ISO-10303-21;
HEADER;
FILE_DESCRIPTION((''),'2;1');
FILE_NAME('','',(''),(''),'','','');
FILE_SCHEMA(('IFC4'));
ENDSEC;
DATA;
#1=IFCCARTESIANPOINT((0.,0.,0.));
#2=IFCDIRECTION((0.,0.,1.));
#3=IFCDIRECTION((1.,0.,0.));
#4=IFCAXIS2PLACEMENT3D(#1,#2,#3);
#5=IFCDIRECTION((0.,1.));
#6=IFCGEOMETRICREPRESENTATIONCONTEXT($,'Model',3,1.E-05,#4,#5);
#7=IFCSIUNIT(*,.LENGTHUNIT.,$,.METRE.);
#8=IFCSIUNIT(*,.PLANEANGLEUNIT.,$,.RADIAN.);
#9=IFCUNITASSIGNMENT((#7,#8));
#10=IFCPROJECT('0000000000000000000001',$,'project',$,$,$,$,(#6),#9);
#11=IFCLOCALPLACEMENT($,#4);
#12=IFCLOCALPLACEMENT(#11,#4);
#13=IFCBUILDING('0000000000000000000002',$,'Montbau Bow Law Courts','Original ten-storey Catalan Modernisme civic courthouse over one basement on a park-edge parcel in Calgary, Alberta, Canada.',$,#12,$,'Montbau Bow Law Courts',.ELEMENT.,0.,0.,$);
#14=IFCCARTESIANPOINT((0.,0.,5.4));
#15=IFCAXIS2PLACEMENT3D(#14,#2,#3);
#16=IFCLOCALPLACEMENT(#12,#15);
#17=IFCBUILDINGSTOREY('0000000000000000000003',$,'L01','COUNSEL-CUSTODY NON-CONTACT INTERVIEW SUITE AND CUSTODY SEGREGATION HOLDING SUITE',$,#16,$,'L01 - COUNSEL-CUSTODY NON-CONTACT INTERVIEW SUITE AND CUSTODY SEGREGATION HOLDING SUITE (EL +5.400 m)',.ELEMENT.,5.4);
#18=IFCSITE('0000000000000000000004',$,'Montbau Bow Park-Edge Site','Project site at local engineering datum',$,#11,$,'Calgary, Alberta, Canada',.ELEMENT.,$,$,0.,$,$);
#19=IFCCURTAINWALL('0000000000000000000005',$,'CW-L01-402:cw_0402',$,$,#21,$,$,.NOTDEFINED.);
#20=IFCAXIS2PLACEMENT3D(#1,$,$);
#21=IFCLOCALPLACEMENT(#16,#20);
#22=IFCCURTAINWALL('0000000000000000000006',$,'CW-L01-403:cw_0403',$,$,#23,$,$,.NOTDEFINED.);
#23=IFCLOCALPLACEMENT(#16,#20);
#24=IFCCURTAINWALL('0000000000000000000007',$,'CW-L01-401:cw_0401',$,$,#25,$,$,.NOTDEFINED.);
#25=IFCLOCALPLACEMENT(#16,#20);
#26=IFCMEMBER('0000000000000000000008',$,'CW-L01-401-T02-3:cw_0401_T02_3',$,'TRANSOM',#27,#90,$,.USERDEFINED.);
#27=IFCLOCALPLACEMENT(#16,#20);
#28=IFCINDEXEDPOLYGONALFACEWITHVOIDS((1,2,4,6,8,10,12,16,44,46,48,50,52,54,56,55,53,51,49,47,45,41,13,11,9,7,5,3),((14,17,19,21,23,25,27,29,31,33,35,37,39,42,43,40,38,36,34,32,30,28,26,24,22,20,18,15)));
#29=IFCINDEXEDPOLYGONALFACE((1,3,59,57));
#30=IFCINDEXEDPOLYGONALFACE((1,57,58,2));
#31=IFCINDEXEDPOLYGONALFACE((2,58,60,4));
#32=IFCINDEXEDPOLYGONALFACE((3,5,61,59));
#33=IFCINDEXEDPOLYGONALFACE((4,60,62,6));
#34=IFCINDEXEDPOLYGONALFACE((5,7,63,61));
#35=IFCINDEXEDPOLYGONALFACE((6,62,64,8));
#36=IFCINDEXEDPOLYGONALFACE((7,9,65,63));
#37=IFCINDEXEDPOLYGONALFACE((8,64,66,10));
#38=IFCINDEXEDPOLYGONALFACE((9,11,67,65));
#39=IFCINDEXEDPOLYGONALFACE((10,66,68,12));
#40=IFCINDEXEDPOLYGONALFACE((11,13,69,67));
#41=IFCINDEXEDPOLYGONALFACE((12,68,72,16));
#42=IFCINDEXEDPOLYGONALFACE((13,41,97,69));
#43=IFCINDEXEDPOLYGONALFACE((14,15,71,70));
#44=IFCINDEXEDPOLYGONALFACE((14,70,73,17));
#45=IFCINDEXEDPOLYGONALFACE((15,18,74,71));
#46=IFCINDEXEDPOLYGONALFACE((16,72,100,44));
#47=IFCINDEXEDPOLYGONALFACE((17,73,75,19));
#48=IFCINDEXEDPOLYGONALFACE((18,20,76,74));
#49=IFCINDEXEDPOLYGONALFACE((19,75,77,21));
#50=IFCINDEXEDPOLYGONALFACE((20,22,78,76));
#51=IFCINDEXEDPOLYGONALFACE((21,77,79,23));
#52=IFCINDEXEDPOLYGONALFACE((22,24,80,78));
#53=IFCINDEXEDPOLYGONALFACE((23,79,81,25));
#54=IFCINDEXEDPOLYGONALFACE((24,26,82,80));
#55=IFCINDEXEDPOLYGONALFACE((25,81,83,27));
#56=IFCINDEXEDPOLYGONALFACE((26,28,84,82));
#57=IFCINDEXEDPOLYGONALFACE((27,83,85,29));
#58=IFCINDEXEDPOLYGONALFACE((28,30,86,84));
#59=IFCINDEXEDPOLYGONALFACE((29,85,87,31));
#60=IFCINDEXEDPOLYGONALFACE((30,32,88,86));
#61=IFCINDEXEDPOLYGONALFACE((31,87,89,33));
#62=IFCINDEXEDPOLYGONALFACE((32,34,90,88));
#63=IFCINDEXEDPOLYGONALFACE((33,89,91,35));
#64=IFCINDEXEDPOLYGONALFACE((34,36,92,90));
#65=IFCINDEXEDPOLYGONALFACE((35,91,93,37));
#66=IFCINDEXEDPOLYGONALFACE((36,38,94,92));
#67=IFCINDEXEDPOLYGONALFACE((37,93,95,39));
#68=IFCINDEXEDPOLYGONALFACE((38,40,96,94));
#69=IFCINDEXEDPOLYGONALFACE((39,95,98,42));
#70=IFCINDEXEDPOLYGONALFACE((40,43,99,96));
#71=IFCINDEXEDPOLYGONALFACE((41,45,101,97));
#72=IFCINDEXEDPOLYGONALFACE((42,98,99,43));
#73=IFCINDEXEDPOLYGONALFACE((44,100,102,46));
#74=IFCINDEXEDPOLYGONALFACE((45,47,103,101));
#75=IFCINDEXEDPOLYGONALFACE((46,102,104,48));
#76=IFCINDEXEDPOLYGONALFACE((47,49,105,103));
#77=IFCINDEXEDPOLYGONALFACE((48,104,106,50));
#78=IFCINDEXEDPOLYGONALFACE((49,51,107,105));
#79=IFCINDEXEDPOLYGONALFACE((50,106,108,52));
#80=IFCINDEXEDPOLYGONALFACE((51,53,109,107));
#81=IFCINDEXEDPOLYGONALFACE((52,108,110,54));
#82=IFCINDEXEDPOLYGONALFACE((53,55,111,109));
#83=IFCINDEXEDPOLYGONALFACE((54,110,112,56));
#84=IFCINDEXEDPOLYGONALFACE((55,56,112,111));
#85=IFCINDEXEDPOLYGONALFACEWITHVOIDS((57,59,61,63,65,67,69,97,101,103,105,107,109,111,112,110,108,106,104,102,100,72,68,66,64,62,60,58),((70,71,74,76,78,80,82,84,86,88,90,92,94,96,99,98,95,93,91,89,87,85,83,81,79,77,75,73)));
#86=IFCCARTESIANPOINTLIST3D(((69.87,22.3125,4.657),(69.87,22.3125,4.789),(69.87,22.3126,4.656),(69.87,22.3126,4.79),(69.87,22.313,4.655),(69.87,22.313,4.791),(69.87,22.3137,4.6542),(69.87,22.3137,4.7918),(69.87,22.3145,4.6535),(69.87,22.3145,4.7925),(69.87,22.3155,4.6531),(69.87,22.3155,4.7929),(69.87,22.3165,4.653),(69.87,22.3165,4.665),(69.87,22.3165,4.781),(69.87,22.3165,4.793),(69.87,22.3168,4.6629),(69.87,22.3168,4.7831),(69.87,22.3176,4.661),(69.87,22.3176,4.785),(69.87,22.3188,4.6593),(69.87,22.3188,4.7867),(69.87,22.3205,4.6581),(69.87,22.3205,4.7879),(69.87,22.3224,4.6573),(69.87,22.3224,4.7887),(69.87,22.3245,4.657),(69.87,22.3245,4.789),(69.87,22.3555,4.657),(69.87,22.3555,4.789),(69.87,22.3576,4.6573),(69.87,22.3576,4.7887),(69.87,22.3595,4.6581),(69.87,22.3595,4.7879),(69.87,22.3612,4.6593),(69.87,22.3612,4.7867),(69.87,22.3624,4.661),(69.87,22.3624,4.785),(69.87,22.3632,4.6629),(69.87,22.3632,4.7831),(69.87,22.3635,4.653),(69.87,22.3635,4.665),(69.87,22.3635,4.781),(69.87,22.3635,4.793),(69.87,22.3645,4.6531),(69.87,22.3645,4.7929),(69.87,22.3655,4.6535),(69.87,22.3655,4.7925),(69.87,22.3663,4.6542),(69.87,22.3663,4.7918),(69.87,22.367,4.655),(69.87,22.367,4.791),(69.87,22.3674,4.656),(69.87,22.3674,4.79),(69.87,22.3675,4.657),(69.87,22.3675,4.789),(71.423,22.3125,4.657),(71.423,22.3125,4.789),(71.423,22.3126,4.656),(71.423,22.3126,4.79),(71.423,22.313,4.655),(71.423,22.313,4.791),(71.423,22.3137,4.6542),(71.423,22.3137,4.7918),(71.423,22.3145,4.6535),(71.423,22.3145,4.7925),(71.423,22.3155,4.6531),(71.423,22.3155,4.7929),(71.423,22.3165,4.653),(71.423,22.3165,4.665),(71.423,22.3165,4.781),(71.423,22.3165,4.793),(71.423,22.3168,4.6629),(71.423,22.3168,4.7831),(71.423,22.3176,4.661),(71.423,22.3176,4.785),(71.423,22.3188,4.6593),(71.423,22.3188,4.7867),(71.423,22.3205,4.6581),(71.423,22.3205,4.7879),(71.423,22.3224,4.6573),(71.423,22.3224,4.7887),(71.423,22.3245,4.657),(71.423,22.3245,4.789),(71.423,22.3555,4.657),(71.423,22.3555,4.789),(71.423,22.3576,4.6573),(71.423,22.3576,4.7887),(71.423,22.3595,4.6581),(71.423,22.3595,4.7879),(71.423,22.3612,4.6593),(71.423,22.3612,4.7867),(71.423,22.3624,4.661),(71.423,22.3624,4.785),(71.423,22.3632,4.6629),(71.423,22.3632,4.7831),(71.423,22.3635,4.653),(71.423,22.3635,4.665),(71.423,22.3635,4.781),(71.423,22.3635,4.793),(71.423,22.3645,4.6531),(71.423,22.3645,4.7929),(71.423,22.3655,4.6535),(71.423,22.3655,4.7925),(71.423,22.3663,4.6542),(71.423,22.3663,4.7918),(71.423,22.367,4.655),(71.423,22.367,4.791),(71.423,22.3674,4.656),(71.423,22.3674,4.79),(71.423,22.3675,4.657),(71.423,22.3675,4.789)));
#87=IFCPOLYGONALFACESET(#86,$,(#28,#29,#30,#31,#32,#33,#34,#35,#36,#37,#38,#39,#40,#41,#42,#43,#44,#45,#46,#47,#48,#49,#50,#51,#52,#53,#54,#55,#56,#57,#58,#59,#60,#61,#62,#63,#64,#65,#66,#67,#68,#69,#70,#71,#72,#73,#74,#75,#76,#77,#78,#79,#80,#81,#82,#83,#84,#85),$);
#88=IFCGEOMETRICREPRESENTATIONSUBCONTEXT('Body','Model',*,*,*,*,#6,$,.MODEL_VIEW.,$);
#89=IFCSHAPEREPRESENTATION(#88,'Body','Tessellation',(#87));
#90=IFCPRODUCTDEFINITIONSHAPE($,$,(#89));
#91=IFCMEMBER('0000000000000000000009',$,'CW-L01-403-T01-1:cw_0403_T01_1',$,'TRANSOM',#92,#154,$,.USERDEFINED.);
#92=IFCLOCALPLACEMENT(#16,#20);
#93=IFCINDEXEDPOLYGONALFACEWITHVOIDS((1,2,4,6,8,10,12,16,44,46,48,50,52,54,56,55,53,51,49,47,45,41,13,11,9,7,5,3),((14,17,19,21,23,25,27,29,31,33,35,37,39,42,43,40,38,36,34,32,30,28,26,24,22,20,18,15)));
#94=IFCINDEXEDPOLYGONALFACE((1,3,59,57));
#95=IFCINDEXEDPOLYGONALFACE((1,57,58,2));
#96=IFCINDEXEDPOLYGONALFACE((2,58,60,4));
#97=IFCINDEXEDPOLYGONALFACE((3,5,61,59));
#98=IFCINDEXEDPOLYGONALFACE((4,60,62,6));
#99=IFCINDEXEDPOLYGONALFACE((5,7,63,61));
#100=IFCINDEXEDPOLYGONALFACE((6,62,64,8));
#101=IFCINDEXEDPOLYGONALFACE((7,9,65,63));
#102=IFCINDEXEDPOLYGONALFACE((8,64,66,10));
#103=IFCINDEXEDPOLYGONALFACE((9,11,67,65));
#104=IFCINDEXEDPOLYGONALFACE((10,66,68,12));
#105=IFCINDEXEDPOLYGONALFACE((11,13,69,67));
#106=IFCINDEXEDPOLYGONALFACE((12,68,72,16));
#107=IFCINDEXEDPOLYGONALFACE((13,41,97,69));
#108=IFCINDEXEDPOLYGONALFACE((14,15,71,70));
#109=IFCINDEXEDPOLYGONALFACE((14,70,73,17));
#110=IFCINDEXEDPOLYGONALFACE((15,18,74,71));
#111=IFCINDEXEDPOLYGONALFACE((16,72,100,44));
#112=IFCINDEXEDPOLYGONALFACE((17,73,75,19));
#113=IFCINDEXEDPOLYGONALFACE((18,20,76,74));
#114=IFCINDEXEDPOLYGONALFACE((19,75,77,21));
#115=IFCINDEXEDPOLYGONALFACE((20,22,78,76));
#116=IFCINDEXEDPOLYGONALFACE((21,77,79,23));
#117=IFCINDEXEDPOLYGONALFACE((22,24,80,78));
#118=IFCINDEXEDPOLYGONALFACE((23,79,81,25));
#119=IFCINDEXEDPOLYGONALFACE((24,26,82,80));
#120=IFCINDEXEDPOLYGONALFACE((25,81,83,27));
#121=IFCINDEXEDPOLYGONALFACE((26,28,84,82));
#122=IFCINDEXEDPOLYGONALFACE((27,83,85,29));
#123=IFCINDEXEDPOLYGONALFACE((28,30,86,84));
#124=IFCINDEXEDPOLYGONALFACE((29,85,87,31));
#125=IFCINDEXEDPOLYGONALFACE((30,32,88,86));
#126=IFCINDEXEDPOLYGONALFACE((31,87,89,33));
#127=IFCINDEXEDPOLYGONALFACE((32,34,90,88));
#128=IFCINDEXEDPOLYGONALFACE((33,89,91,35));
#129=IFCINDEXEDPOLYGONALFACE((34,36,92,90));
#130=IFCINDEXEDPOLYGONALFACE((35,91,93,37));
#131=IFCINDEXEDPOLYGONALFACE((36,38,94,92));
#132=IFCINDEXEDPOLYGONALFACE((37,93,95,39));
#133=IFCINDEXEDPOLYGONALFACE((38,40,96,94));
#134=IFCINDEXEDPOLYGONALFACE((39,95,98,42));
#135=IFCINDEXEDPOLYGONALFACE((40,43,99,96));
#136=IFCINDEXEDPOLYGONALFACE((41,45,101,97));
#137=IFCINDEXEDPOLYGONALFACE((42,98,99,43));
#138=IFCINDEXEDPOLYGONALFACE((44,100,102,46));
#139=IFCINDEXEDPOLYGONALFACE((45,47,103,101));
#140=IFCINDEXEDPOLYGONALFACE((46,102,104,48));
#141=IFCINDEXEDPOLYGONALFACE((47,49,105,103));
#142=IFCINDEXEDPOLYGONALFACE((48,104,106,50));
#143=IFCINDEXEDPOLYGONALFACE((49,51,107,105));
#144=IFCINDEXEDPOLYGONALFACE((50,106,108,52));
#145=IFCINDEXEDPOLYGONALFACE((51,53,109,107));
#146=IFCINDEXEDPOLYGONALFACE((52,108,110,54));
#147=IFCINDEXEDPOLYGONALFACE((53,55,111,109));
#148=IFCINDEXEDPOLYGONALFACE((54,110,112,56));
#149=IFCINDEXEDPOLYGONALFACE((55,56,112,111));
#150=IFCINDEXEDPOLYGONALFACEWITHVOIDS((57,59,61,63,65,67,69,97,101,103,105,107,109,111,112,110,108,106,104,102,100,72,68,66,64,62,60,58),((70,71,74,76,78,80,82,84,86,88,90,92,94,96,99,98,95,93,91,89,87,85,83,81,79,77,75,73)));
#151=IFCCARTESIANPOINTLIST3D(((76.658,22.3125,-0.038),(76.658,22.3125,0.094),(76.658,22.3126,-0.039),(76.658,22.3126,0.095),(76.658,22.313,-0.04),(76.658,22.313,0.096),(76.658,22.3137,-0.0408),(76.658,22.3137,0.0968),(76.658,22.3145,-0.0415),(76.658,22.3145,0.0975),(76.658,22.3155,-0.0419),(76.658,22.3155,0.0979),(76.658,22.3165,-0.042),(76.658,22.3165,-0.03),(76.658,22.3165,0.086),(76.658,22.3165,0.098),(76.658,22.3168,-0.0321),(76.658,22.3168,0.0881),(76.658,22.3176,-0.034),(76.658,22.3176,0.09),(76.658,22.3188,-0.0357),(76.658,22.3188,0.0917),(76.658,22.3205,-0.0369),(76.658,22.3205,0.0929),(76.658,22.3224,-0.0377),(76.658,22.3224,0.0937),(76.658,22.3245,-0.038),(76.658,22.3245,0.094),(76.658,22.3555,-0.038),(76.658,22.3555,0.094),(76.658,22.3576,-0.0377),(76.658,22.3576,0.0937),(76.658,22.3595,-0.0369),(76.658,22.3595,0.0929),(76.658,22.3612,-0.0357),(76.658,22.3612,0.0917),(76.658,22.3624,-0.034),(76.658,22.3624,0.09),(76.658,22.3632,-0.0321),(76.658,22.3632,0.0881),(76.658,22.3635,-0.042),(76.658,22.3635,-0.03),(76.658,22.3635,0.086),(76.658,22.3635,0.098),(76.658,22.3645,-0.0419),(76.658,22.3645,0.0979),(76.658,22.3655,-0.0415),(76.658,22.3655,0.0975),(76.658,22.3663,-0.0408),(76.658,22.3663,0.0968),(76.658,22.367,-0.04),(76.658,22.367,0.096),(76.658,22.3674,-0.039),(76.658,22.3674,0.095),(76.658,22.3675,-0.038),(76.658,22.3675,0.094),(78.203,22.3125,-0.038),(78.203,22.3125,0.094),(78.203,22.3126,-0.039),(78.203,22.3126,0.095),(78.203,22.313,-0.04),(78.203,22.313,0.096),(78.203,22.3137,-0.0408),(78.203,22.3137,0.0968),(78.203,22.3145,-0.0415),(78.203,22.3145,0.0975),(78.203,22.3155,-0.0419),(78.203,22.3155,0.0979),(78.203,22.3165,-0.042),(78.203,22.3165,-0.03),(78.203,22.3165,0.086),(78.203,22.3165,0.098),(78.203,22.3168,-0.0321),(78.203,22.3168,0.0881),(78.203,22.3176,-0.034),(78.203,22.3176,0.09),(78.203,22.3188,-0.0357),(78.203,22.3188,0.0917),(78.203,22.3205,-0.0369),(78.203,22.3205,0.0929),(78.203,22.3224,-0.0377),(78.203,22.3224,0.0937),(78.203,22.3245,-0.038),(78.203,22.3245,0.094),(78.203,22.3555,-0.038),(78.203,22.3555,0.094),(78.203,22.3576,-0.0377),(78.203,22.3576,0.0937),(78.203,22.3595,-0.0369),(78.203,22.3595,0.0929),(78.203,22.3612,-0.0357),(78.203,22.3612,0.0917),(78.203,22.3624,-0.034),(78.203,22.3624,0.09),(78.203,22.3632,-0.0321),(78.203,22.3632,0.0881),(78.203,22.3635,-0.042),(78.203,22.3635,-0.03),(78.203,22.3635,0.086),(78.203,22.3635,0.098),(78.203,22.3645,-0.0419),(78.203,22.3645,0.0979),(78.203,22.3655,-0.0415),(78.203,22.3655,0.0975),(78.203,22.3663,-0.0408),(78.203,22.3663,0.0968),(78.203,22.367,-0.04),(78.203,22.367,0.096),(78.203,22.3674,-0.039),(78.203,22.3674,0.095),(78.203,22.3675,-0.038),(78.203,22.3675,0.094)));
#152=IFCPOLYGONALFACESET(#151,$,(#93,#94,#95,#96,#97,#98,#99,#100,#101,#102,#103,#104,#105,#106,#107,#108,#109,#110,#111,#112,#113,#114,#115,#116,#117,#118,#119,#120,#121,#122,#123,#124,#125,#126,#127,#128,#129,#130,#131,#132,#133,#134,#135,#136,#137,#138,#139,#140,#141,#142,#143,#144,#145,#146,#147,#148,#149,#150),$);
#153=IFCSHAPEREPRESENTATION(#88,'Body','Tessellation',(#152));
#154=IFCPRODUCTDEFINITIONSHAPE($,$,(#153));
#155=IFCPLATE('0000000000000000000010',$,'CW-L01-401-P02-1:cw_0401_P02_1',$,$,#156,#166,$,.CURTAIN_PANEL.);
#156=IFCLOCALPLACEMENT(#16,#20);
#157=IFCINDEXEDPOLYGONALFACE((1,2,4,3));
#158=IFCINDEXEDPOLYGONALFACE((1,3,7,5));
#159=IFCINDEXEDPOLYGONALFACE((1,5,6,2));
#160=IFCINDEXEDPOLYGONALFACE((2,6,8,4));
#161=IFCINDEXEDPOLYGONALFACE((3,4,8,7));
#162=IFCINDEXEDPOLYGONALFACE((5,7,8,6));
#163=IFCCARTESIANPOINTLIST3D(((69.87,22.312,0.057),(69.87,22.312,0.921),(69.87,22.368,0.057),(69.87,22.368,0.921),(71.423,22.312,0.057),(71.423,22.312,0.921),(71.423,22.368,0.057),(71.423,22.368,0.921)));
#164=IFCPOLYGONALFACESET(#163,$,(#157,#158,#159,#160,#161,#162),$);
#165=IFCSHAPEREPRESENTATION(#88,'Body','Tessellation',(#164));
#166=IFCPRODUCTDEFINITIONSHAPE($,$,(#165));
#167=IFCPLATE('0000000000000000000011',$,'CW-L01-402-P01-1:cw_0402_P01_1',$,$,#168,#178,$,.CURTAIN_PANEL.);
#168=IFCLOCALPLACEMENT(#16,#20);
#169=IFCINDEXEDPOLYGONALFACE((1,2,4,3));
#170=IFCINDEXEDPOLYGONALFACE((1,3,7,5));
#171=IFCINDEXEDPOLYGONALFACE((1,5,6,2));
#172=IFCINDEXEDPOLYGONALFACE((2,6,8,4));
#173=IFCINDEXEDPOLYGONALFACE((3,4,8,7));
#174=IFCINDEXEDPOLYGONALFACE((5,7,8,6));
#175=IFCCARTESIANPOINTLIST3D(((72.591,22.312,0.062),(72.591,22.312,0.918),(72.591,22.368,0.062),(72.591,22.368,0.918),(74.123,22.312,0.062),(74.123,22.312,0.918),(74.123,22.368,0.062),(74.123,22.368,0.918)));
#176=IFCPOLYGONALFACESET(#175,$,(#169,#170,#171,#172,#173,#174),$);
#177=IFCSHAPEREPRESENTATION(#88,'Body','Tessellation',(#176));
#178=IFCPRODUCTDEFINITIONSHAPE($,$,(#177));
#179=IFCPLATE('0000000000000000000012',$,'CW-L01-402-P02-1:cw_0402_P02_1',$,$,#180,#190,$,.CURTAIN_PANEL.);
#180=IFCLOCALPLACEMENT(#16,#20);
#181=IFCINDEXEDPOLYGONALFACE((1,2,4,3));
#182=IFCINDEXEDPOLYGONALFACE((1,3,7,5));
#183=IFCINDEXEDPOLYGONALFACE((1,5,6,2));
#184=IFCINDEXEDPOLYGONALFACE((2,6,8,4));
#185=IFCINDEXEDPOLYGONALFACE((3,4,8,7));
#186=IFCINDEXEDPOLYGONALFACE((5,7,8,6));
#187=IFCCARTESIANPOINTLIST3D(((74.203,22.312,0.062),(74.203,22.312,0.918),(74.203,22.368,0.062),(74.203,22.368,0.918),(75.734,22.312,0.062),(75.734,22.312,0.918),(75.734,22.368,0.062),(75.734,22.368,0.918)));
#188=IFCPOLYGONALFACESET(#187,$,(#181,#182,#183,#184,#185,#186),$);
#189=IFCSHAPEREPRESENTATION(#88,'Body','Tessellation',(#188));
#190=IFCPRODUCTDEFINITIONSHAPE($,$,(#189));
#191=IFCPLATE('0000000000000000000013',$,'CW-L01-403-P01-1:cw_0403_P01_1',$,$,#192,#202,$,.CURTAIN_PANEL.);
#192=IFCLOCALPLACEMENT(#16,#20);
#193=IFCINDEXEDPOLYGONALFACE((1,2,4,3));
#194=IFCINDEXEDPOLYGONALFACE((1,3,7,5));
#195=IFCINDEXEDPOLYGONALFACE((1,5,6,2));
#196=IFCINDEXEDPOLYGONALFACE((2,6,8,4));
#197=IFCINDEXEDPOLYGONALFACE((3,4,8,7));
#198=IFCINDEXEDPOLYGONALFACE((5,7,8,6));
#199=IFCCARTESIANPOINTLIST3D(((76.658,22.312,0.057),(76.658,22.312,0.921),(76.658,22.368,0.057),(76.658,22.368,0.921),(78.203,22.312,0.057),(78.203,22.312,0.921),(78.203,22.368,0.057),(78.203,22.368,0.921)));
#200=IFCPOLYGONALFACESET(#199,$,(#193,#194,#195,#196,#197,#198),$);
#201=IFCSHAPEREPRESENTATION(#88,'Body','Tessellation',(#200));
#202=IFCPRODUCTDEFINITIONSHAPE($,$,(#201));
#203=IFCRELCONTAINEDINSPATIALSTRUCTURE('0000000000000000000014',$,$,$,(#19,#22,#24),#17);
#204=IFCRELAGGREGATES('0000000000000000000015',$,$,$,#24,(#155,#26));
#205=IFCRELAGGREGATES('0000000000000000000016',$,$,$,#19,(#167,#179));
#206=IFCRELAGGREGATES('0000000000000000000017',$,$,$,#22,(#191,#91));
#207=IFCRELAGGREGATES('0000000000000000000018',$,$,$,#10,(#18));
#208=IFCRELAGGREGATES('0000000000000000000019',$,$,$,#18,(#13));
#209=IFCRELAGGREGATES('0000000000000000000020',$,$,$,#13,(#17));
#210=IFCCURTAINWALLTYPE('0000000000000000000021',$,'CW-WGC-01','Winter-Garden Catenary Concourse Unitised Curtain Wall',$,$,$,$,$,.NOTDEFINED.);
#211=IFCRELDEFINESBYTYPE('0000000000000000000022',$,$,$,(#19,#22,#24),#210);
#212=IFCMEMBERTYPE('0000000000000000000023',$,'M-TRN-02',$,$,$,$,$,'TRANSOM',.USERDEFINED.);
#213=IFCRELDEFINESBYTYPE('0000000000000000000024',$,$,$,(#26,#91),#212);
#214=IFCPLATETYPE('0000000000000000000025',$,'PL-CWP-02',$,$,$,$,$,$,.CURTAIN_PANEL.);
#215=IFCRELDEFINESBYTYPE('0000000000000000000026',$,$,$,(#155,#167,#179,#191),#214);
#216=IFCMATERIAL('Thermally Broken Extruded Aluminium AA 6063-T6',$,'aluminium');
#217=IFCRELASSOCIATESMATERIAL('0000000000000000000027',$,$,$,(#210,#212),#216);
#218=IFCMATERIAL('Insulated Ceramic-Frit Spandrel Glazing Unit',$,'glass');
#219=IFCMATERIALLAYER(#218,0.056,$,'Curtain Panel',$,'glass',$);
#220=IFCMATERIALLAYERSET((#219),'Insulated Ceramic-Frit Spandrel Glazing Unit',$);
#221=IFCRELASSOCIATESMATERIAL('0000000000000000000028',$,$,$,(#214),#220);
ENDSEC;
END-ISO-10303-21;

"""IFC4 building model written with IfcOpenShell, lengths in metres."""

from ifc_helpers import new_model, si_unit, direction, frame, frame_2d, origin_with_axes, origin_2d_with_axis, place, context, subcontext, project, spatial, rectangle, hollow_rectangle, extrude, material, layer, layer_set, material_profile, profile_set, type_object, element, aggregate, save


model = new_model("IFC4")

# Units and contexts
model_context = context("Model", 3, precision=1e-05, world=origin_with_axes(), true_north=direction((0.0, 1.0)))
body_context = subcontext(model_context, "Body", "Model", "MODEL_VIEW")
ifc_project = project(units=[si_unit("LENGTHUNIT", "METRE"), si_unit("PLANEANGLEUNIT", "RADIAN")], contexts=[model_context])

# Site, building, storey
site_placement = place(None, origin_with_axes())
site = spatial("IfcSite", under=ifc_project, at=site_placement, Name="Montbau Bow Park-Edge Site", Description="Project site at local engineering datum", LongName="Calgary, Alberta, Canada", CompositionType="ELEMENT", RefElevation=0.0)
building_placement = place(site_placement, origin_with_axes())
building = spatial("IfcBuilding", under=site, at=building_placement, Name="Montbau Bow Law Courts", Description="Original ten-storey Catalan Modernisme civic courthouse over one basement on a park-edge parcel in Calgary, Alberta, Canada.", LongName="Montbau Bow Law Courts", CompositionType="ELEMENT", ElevationOfRefHeight=0.0, ElevationOfTerrain=0.0)
storey_placement = place(building_placement, frame((0.0, 0.0, 5.4), z_axis=(0.0, 0.0, 1.0), x_axis=(1.0, 0.0, 0.0)))
storey = spatial("IfcBuildingStorey", under=building, at=storey_placement, Name="L01", Description="COUNSEL-CUSTODY NON-CONTACT INTERVIEW SUITE AND CUSTODY SEGREGATION HOLDING SUITE", LongName="L01 - COUNSEL-CUSTODY NON-CONTACT INTERVIEW SUITE AND CUSTODY SEGREGATION HOLDING SUITE (EL +5.400 m)", CompositionType="ELEMENT", Elevation=5.4)

# Curtain wall
ifc_material_1 = material(Name="Thermally Broken Extruded Aluminium AA 6063-T6", Category="aluminium")
curtain_wall_type = type_object("IfcCurtainWallType", Name="CW-WGC-01", Description="Winter-Garden Catenary Concourse Unitised Curtain Wall", PredefinedType="NOTDEFINED", material=ifc_material_1)
curtain_wall_1_placement = place(None, frame((72.515, 22.34, 5.4), z_axis=(0.0, 0.0, 1.0), x_axis=(1.0, 0.0, 0.0)))
curtain_wall_1 = element("IfcCurtainWall", 1, at=curtain_wall_1_placement, inside=storey, type_object=curtain_wall_type, Name="CW-L01-402:cw_0402", PredefinedType="NOTDEFINED")

# Curtain wall
curtain_wall_2_placement = place(None, frame((76.59, 22.34, 5.4), z_axis=(0.0, 0.0, 1.0), x_axis=(1.0, 0.0, 0.0)))
curtain_wall_2 = element("IfcCurtainWall", 2, at=curtain_wall_2_placement, inside=storey, type_object=curtain_wall_type, Name="CW-L01-403:cw_0403", PredefinedType="NOTDEFINED")

# Curtain wall
curtain_wall_3_placement = place(None, frame((68.19, 22.34, 5.4), z_axis=(0.0, 0.0, 1.0), x_axis=(1.0, 0.0, 0.0)))
curtain_wall_3 = element("IfcCurtainWall", 3, at=curtain_wall_3_placement, inside=storey, type_object=curtain_wall_type, Name="CW-L01-401:cw_0401", PredefinedType="NOTDEFINED")

# Members
ifc_material_profile_1 = material_profile(ifc_material_1, hollow_rectangle(XDim=0.055, YDim=0.14, WallThickness=0.004, InnerFilletRadius=0.008, OuterFilletRadius=0.004, at=origin_2d_with_axis()), Name="CWT-140X55", Category="Main", Priority=0)
ifc_profile_set_1 = profile_set([ifc_material_profile_1], Name="Thermally Broken Extruded Aluminium AA 6063-T6")
member_type_1 = type_object("IfcMemberType", Name="M-TRN-02", ElementType="TRANSOM", PredefinedType="USERDEFINED", material=ifc_profile_set_1)
member_1_placement = place(None, frame((69.87, 22.34, 10.123), z_axis=(1.0, 0.0, 0.0), x_axis=(0.0, 1.0, 0.0)))
member_1 = element("IfcMember", 4, at=member_1_placement, type_object=member_type_1, Name="CW-L01-401-T02-3:cw_0401_T02_3", ObjectType="TRANSOM", PredefinedType="USERDEFINED", context=body_context, shape_type="SweptSolid", body=[
    extrude(hollow_rectangle(XDim=0.055, YDim=0.14, WallThickness=0.004, InnerFilletRadius=0.008, OuterFilletRadius=0.004, at=origin_2d_with_axis()), origin_with_axes(), (0.0, 0.0, 1.0), 1.553),
])
member_2_placement = place(None, frame((76.658, 22.34, 5.428), z_axis=(1.0, 0.0, 0.0), x_axis=(0.0, 1.0, 0.0)))
member_2 = element("IfcMember", 5, at=member_2_placement, type_object=member_type_1, Name="CW-L01-403-T01-1:cw_0403_T01_1", ObjectType="TRANSOM", PredefinedType="USERDEFINED", context=body_context, shape_type="SweptSolid", body=[
    extrude(hollow_rectangle(XDim=0.055, YDim=0.14, WallThickness=0.004, InnerFilletRadius=0.008, OuterFilletRadius=0.004, at=origin_2d_with_axis()), origin_with_axes(), (0.0, 0.0, 1.0), 1.545),
])

# Plates
ifc_material_2 = material(Name="Insulated Ceramic-Frit Spandrel Glazing Unit", Category="glass")
ifc_layer_1 = layer(ifc_material_2, 0.056, Name="Curtain Panel", Category="glass")
ifc_layer_set_1 = layer_set([ifc_layer_1], Name="Insulated Ceramic-Frit Spandrel Glazing Unit")
plate_type_1 = type_object("IfcPlateType", Name="PL-CWP-02", PredefinedType="CURTAIN_PANEL", material=ifc_layer_set_1)
plate_1_placement = place(None, frame((69.87, 22.34, 5.457), z_axis=(0.0, -1.0, 0.0), x_axis=(1.0, 0.0, 0.0)))
plate_1 = element("IfcPlate", 6, at=plate_1_placement, type_object=plate_type_1, Name="CW-L01-401-P02-1:cw_0401_P02_1", PredefinedType="CURTAIN_PANEL", context=body_context, shape_type="SweptSolid", body=[
    extrude(rectangle(XDim=1.553, YDim=0.864, at=frame_2d((0.7765, 0.432), x_axis=(1.0, 0.0))), frame((0.0, 0.0, -0.028), z_axis=(0.0, 0.0, 1.0), x_axis=(1.0, 0.0, 0.0)), (0.0, 0.0, 1.0), 0.056),
])
plate_2_placement = place(None, frame((72.591, 22.34, 5.462), z_axis=(0.0, -1.0, 0.0), x_axis=(1.0, 0.0, 0.0)))
plate_2 = element("IfcPlate", 7, at=plate_2_placement, type_object=plate_type_1, Name="CW-L01-402-P01-1:cw_0402_P01_1", PredefinedType="CURTAIN_PANEL", context=body_context, shape_type="SweptSolid", body=[
    extrude(rectangle(XDim=1.532, YDim=0.856, at=frame_2d((0.766, 0.428), x_axis=(1.0, 0.0))), frame((0.0, 0.0, -0.028), z_axis=(0.0, 0.0, 1.0), x_axis=(1.0, 0.0, 0.0)), (0.0, 0.0, 1.0), 0.056),
])
plate_3_placement = place(None, frame((74.203, 22.34, 5.462), z_axis=(0.0, -1.0, 0.0), x_axis=(1.0, 0.0, 0.0)))
plate_3 = element("IfcPlate", 8, at=plate_3_placement, type_object=plate_type_1, Name="CW-L01-402-P02-1:cw_0402_P02_1", PredefinedType="CURTAIN_PANEL", context=body_context, shape_type="SweptSolid", body=[
    extrude(rectangle(XDim=1.531, YDim=0.856, at=frame_2d((0.7655, 0.428), x_axis=(1.0, 0.0))), frame((0.0, 0.0, -0.028), z_axis=(0.0, 0.0, 1.0), x_axis=(1.0, 0.0, 0.0)), (0.0, 0.0, 1.0), 0.056),
])
plate_4_placement = place(None, frame((76.658, 22.34, 5.457), z_axis=(0.0, -1.0, 0.0), x_axis=(1.0, 0.0, 0.0)))
plate_4 = element("IfcPlate", 9, at=plate_4_placement, type_object=plate_type_1, Name="CW-L01-403-P01-1:cw_0403_P01_1", PredefinedType="CURTAIN_PANEL", context=body_context, shape_type="SweptSolid", body=[
    extrude(rectangle(XDim=1.545, YDim=0.864, at=frame_2d((0.7725, 0.432), x_axis=(1.0, 0.0))), frame((0.0, 0.0, -0.028), z_axis=(0.0, 0.0, 1.0), x_axis=(1.0, 0.0, 0.0)), (0.0, 0.0, 1.0), 0.056),
])
aggregate(curtain_wall_3, [plate_1, member_1])
aggregate(curtain_wall_1, [plate_2, plate_3])
aggregate(curtain_wall_2, [plate_4, member_2])

save(model, "model.ifc")
